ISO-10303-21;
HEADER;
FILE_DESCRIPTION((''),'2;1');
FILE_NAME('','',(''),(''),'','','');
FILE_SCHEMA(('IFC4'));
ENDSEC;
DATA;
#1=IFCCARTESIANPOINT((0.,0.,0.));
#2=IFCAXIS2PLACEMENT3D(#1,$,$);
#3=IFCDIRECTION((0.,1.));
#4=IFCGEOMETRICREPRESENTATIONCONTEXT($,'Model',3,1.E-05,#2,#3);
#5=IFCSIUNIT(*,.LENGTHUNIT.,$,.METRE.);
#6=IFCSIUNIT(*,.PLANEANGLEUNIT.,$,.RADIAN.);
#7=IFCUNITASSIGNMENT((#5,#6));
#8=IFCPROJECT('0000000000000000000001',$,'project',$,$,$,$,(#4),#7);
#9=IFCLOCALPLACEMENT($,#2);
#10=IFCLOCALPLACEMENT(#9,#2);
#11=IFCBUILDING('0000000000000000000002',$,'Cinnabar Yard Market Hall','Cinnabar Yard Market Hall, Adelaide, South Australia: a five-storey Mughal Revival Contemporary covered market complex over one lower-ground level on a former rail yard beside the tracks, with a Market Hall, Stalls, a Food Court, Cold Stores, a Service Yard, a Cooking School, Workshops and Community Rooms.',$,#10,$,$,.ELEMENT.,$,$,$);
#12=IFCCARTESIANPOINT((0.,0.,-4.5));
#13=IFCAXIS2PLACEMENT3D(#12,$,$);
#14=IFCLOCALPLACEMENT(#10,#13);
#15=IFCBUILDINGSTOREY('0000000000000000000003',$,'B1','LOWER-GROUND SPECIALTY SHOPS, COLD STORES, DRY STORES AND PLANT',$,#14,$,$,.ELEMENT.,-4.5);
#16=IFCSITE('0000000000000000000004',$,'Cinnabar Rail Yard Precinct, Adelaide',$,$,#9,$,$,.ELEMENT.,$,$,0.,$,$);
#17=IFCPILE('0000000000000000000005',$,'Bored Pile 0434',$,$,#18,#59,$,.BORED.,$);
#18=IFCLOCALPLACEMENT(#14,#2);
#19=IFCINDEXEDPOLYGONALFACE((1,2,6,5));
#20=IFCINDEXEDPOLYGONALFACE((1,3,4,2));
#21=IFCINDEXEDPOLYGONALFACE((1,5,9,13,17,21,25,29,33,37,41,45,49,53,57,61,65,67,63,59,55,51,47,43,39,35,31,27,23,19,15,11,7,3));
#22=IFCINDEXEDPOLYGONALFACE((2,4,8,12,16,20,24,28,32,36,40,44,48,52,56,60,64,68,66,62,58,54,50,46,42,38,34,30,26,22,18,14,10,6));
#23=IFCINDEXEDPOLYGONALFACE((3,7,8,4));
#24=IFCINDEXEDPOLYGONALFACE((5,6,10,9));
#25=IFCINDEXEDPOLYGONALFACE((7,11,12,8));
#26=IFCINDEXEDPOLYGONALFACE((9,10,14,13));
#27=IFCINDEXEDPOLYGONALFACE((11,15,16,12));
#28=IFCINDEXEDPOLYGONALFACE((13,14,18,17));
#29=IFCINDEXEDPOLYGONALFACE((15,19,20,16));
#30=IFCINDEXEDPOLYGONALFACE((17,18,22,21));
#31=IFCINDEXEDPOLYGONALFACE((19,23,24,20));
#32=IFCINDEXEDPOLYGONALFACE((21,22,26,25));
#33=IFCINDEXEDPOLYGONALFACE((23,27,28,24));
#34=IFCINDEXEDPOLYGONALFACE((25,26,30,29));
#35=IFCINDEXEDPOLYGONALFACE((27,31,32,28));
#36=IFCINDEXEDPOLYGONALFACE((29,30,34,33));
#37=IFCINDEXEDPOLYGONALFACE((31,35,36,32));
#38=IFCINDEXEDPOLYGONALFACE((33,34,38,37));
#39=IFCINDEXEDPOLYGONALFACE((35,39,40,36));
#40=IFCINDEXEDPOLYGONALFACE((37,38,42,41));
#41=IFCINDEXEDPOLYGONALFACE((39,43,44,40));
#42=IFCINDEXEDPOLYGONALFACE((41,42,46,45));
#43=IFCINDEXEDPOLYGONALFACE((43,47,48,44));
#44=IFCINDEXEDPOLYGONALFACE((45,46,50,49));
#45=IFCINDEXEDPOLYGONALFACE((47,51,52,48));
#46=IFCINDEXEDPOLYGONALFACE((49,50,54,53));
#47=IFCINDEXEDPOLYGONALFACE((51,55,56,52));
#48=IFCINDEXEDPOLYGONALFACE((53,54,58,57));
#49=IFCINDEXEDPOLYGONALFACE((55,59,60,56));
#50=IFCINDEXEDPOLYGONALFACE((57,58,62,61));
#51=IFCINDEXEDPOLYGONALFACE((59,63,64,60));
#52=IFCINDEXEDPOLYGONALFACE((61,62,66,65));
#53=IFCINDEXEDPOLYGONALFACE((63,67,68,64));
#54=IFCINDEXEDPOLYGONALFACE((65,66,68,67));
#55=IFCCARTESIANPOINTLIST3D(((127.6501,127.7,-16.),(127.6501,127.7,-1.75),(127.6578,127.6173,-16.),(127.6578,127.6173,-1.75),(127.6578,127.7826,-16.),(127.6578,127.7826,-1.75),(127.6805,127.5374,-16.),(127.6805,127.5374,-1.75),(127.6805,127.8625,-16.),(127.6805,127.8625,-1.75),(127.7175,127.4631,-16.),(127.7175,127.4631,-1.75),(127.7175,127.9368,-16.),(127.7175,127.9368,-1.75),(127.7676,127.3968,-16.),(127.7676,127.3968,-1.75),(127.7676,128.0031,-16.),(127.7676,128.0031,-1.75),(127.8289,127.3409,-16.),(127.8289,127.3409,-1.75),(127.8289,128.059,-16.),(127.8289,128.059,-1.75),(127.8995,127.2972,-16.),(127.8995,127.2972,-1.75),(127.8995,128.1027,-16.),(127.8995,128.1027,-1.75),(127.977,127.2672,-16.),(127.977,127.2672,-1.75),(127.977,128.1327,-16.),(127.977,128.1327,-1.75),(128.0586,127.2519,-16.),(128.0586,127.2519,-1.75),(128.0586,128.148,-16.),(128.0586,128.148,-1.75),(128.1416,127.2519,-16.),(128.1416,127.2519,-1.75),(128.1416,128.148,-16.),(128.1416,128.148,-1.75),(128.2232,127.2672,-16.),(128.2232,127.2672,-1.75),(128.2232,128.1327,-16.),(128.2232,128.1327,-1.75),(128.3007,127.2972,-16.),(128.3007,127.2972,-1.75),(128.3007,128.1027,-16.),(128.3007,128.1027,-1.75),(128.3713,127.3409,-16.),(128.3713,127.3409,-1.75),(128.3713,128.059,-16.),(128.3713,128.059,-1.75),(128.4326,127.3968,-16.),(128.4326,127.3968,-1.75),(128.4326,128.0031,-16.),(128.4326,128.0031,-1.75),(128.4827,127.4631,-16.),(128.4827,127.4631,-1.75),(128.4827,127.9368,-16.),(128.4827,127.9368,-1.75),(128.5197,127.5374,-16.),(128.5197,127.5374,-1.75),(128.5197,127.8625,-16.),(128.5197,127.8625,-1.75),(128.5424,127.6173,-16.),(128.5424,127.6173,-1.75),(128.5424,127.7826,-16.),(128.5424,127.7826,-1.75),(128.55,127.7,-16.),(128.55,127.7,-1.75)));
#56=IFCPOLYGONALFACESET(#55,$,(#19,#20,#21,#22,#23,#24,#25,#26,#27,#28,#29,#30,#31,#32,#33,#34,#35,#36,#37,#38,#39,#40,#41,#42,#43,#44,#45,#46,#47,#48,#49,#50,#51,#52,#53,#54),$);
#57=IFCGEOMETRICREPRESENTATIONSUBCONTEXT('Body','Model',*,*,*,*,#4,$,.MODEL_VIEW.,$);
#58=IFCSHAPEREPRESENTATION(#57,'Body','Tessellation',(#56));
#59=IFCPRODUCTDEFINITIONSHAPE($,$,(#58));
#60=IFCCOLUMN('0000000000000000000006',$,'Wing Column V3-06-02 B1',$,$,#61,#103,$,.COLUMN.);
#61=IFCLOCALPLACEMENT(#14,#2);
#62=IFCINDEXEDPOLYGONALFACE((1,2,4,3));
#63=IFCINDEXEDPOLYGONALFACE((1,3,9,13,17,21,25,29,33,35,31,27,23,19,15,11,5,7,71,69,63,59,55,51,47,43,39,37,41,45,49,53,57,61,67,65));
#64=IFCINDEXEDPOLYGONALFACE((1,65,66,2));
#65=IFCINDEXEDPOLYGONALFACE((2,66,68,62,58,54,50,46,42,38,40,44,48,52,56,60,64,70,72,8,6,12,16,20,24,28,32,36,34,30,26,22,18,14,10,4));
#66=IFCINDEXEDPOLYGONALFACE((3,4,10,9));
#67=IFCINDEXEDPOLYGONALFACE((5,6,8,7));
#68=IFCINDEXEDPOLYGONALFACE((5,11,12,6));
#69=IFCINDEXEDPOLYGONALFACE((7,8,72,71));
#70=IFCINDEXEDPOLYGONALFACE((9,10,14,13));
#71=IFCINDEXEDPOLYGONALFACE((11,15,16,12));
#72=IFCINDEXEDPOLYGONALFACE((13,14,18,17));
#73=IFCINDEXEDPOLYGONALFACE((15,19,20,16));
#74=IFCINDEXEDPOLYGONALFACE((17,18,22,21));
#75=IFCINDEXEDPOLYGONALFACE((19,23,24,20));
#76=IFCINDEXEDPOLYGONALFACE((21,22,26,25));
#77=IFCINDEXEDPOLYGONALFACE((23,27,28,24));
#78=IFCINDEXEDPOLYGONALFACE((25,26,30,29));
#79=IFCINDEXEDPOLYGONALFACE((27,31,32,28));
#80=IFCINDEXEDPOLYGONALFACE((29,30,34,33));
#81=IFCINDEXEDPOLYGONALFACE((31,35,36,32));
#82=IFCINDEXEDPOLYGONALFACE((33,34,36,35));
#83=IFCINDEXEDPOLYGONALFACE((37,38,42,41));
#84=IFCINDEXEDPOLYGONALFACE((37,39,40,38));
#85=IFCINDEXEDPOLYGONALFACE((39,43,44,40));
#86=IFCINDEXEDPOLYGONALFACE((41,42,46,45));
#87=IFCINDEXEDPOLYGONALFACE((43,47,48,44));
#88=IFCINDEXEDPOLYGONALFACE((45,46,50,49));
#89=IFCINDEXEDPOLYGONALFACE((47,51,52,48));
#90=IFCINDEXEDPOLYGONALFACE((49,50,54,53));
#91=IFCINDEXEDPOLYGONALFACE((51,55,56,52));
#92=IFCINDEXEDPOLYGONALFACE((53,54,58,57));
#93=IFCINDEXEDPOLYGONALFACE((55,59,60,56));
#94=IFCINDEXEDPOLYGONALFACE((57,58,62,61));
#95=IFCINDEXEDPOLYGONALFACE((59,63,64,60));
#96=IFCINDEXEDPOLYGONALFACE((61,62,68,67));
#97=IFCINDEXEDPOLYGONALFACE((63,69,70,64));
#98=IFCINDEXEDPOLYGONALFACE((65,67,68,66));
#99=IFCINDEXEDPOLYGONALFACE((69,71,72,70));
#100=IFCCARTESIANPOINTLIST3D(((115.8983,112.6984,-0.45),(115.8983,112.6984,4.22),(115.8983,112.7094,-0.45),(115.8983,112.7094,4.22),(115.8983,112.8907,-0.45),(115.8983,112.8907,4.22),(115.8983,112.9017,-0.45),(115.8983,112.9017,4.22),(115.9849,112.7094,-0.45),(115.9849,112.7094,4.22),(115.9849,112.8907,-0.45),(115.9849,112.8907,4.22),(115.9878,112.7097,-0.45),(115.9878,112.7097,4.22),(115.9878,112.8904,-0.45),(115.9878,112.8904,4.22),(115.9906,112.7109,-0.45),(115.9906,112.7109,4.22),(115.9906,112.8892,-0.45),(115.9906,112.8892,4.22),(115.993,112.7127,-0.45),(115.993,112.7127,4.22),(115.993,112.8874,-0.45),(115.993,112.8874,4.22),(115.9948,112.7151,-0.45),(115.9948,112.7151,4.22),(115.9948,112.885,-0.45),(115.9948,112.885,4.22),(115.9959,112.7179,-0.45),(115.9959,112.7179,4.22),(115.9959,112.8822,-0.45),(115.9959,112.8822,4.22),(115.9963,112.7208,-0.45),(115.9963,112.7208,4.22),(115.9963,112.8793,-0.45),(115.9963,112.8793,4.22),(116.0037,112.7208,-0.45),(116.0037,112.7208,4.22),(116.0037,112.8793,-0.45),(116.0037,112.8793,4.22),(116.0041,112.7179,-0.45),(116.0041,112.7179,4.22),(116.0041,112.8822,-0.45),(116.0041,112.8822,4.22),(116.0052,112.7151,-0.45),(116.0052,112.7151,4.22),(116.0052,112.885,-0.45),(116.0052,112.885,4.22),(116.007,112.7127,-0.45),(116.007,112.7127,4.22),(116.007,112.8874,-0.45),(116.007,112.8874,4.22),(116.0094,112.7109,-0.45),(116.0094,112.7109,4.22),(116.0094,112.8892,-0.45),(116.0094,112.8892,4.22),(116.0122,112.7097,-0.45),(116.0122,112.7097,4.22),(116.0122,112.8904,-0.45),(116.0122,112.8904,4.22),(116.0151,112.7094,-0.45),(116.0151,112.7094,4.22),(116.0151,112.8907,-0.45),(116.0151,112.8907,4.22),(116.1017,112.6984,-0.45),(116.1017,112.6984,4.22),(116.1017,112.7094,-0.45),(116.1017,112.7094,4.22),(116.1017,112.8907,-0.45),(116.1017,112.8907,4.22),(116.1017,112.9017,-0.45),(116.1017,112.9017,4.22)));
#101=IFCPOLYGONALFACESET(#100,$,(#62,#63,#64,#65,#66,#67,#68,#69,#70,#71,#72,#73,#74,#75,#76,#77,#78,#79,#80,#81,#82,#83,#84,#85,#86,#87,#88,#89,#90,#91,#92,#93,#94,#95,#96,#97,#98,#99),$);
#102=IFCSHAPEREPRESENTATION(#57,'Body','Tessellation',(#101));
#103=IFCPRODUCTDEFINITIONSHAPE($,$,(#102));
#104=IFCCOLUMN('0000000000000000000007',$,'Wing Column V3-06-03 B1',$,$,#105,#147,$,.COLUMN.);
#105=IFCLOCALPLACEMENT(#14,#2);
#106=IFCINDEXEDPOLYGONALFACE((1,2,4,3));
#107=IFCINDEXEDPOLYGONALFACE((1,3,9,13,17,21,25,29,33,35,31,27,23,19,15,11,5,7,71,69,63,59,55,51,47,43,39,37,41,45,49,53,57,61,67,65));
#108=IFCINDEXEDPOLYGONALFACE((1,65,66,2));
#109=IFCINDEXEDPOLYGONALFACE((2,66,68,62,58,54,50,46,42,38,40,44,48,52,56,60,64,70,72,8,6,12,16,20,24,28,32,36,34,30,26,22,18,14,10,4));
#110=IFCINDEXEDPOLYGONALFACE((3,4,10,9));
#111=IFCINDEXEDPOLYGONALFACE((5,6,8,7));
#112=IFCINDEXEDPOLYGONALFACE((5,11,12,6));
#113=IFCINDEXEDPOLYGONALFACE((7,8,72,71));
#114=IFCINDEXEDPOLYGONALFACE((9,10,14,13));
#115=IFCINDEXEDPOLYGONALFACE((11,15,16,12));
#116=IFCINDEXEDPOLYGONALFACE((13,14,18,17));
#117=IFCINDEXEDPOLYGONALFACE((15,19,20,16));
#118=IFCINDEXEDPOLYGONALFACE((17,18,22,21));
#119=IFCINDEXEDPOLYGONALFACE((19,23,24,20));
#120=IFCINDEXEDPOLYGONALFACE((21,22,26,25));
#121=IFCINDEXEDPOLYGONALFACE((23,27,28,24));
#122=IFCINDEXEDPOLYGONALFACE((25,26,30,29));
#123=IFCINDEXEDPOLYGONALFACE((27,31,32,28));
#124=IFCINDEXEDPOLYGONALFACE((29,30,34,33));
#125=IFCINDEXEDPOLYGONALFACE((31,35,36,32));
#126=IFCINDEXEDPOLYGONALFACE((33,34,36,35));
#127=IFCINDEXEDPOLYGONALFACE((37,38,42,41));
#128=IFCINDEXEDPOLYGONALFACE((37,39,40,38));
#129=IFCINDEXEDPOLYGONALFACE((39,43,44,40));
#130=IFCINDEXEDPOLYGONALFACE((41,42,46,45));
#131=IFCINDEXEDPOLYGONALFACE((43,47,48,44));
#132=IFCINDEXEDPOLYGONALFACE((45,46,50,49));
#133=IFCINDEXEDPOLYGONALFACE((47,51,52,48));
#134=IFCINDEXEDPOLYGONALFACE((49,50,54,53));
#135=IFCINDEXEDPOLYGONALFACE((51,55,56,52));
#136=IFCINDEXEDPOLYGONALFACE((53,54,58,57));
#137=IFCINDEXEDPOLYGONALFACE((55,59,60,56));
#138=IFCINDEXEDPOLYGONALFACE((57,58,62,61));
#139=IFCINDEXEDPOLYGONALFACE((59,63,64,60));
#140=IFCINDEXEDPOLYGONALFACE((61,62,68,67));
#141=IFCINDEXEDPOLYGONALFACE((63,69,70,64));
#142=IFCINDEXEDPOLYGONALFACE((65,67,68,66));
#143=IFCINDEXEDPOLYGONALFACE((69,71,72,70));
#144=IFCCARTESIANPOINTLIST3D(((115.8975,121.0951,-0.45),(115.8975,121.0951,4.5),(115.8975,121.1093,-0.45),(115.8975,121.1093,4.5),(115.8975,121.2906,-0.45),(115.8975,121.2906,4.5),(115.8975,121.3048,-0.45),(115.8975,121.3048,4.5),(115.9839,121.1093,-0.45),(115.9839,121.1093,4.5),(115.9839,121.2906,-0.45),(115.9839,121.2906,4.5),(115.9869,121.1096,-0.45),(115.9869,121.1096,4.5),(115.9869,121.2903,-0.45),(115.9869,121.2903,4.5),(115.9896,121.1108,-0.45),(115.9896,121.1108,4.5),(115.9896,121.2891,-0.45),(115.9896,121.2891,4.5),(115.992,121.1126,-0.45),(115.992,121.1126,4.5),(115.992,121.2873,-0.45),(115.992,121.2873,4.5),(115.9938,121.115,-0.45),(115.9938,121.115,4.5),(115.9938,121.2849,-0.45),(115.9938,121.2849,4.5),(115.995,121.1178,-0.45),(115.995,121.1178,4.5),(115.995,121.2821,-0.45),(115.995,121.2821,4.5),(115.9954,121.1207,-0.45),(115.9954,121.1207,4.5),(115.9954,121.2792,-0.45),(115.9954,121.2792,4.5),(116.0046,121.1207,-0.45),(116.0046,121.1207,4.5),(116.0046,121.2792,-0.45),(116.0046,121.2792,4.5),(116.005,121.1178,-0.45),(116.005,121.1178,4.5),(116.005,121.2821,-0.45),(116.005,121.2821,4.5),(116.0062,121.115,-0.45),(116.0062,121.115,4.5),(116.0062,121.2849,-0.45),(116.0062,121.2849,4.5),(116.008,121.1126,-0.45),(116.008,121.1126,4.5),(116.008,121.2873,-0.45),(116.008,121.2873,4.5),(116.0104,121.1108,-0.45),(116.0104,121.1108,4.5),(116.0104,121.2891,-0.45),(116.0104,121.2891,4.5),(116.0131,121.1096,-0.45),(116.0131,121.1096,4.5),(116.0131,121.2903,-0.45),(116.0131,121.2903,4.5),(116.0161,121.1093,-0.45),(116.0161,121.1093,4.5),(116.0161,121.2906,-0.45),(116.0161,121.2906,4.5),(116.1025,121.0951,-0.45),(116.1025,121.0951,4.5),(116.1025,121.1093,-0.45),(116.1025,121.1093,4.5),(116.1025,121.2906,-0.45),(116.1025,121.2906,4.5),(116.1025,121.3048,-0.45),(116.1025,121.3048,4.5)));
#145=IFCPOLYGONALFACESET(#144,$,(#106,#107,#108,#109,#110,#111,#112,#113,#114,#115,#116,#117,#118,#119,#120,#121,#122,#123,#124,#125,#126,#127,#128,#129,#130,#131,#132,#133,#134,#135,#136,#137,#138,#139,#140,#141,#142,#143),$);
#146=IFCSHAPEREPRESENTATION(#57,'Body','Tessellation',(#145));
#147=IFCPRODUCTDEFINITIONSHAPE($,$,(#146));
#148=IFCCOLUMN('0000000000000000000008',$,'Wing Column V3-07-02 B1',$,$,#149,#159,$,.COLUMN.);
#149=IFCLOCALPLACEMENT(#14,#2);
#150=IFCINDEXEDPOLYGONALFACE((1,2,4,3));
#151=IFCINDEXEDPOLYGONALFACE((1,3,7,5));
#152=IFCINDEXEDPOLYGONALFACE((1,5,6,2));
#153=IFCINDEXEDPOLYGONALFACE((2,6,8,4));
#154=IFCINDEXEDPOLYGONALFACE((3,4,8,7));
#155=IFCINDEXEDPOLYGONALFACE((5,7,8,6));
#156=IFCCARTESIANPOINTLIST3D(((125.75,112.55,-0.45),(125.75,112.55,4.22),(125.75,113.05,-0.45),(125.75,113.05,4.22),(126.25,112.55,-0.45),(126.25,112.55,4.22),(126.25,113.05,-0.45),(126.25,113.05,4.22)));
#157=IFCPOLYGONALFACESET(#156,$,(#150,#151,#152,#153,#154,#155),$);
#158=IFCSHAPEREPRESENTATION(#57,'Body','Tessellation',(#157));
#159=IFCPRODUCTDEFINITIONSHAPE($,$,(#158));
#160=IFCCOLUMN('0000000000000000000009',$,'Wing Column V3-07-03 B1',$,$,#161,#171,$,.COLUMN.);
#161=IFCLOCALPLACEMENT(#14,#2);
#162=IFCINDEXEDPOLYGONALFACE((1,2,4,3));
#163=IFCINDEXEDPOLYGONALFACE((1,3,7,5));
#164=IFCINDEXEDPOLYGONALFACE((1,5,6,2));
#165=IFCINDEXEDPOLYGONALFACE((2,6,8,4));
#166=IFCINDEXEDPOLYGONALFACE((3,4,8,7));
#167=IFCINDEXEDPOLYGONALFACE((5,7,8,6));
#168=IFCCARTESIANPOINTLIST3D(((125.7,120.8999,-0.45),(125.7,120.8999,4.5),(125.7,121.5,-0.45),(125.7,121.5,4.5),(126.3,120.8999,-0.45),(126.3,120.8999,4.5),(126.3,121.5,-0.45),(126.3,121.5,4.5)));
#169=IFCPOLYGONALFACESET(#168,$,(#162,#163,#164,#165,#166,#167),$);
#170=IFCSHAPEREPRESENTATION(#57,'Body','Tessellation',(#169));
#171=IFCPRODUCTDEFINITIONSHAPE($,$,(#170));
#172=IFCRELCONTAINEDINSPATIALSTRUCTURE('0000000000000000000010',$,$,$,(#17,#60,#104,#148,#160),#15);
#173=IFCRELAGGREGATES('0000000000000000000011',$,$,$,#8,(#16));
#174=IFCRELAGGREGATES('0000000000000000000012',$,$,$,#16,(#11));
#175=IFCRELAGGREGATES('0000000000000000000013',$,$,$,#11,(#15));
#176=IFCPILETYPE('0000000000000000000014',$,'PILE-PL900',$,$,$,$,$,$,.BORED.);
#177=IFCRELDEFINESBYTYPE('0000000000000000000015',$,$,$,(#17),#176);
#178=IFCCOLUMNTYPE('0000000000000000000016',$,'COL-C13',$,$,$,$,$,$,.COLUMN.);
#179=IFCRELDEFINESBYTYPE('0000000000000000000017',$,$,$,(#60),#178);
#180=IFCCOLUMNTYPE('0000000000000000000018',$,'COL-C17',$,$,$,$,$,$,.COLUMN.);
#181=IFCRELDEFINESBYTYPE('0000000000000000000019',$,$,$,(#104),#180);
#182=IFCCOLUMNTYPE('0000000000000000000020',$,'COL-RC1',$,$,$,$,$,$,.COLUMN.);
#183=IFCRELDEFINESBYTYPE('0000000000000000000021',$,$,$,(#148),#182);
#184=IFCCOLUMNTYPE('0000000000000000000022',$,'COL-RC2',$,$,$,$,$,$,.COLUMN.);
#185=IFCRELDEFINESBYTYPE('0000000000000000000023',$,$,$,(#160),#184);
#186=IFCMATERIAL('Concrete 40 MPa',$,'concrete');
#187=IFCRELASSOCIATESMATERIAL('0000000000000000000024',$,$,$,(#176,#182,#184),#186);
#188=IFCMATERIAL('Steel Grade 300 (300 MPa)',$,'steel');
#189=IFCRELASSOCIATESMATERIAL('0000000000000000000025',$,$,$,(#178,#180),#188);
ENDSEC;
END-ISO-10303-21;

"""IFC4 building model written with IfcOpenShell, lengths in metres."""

from ifc_helpers import new_model, si_unit, direction, frame, origin, origin_2d_with_axis, place, context, subcontext, project, spatial, rectangle, circle, i_section, extrude, material, material_profile, profile_set, type_object, element, save


model = new_model("IFC4")

# Units and contexts
model_context = context("Model", 3, precision=1e-05, world=origin(), true_north=direction((0.0, 1.0)))
body_context = subcontext(model_context, "Body", "Model", "MODEL_VIEW")
ifc_project = project(units=[si_unit("LENGTHUNIT", "METRE"), si_unit("PLANEANGLEUNIT", "RADIAN")], contexts=[model_context])

# Site, building, storey
site_placement = place(None, origin())
site = spatial("IfcSite", under=ifc_project, at=site_placement, Name="Cinnabar Rail Yard Precinct, Adelaide", CompositionType="ELEMENT", RefElevation=0.0)
building_placement = place(site_placement, origin())
building = spatial("IfcBuilding", under=site, at=building_placement, Name="Cinnabar Yard Market Hall", Description="Cinnabar Yard Market Hall, Adelaide, South Australia: a five-storey Mughal Revival Contemporary covered market complex over one lower-ground level on a former rail yard beside the tracks, with a Market Hall, Stalls, a Food Court, Cold Stores, a Service Yard, a Cooking School, Workshops and Community Rooms.", CompositionType="ELEMENT")
storey_placement = place(building_placement, frame((0.0, 0.0, -4.5)))
storey = spatial("IfcBuildingStorey", under=building, at=storey_placement, Name="B1", Description="LOWER-GROUND SPECIALTY SHOPS, COLD STORES, DRY STORES AND PLANT", CompositionType="ELEMENT", Elevation=-4.5)

# Shared definitions
ifc_material_1 = material(Name="Concrete 40 MPa", Category="concrete")

# Pile
ifc_material_profile_1 = material_profile(ifc_material_1, circle(Radius=0.45, at=origin_2d_with_axis()), Name="PILE-D900")
ifc_profile_set_1 = profile_set([ifc_material_profile_1], Name="Concrete 40 MPa")
pile_type_1 = type_object("IfcPileType", Name="PILE-PL900", PredefinedType="BORED", material=ifc_profile_set_1)
for number, where, z_axis, x_axis, name in (
    (1, (128.1001, 127.7, -1.75), (0.0, 0.0, -1.0), (1.0, 0.0, 0.0), "Bored Pile 0434"),
):
    element("IfcPile", number, at=place(storey_placement, frame(where, z_axis=z_axis, x_axis=x_axis)), inside=storey, type_object=pile_type_1, Name=name, PredefinedType="BORED", context=body_context, shape_type="SweptSolid", body=[
        extrude(circle(Radius=0.45, at=origin_2d_with_axis()), origin(), (0.0, 0.0, 1.0), 14.25),
    ])

# Columns
ifc_material_2 = material(Name="Steel Grade 300 (300 MPa)", Category="steel")
ifc_material_profile_2 = material_profile(ifc_material_2, i_section(OverallWidth=0.2034, OverallDepth=0.2034, WebThickness=0.0073, FlangeThickness=0.011, FilletRadius=0.0115, at=origin_2d_with_axis()), Name="200UC46.2")
ifc_profile_set_2 = profile_set([ifc_material_profile_2], Name="Steel Grade 300 (300 MPa)")
column_type_1 = type_object("IfcColumnType", Name="COL-C13", PredefinedType="COLUMN", material=ifc_profile_set_2)
column_1_placement = place(storey_placement, frame((116.0, 112.8, -0.45), z_axis=(0.0, 0.0, 1.0), x_axis=(1.0, 0.0, 0.0)))
element("IfcColumn", 2, at=column_1_placement, inside=storey, type_object=column_type_1, Name="Wing Column V3-06-02 B1", PredefinedType="COLUMN", context=body_context, shape_type="SweptSolid", body=[
    extrude(i_section(OverallWidth=0.2034, OverallDepth=0.2034, WebThickness=0.0073, FlangeThickness=0.011, FilletRadius=0.0115, at=origin_2d_with_axis()), origin(), (0.0, 0.0, 1.0), 4.6699),
])
ifc_material_profile_3 = material_profile(ifc_material_2, i_section(OverallWidth=0.2051, OverallDepth=0.2097, WebThickness=0.0093, FlangeThickness=0.0142, FilletRadius=0.0115, at=origin_2d_with_axis()), Name="200UC59.5")
ifc_profile_set_3 = profile_set([ifc_material_profile_3], Name="Steel Grade 300 (300 MPa)")
column_type_2 = type_object("IfcColumnType", Name="COL-C17", PredefinedType="COLUMN", material=ifc_profile_set_3)
column_2_placement = place(storey_placement, frame((116.0, 121.2, -0.45), z_axis=(0.0, 0.0, 1.0), x_axis=(1.0, 0.0, 0.0)))
element("IfcColumn", 3, at=column_2_placement, inside=storey, type_object=column_type_2, Name="Wing Column V3-06-03 B1", PredefinedType="COLUMN", context=body_context, shape_type="SweptSolid", body=[
    extrude(i_section(OverallWidth=0.2051, OverallDepth=0.2097, WebThickness=0.0093, FlangeThickness=0.0142, FilletRadius=0.0115, at=origin_2d_with_axis()), origin(), (0.0, 0.0, 1.0), 4.95),
])
ifc_material_profile_4 = material_profile(ifc_material_1, rectangle(XDim=0.5, YDim=0.5, at=origin_2d_with_axis()), Name="RC-500x500")
ifc_profile_set_4 = profile_set([ifc_material_profile_4], Name="Concrete 40 MPa")
column_type_3 = type_object("IfcColumnType", Name="COL-RC1", PredefinedType="COLUMN", material=ifc_profile_set_4)
column_3_placement = place(storey_placement, frame((126.0, 112.8, -0.45), z_axis=(0.0, 0.0, 1.0), x_axis=(1.0, 0.0, 0.0)))
element("IfcColumn", 4, at=column_3_placement, inside=storey, type_object=column_type_3, Name="Wing Column V3-07-02 B1", PredefinedType="COLUMN", context=body_context, shape_type="SweptSolid", body=[
    extrude(rectangle(XDim=0.5, YDim=0.5, at=origin_2d_with_axis()), origin(), (0.0, 0.0, 1.0), 4.6699),
])
ifc_material_profile_5 = material_profile(ifc_material_1, rectangle(XDim=0.6001, YDim=0.6001, at=origin_2d_with_axis()), Name="RC-600x600")
ifc_profile_set_5 = profile_set([ifc_material_profile_5], Name="Concrete 40 MPa")
column_type_4 = type_object("IfcColumnType", Name="COL-RC2", PredefinedType="COLUMN", material=ifc_profile_set_5)
column_4_placement = place(storey_placement, frame((126.0, 121.2, -0.45), z_axis=(0.0, 0.0, 1.0), x_axis=(1.0, 0.0, 0.0)))
element("IfcColumn", 5, at=column_4_placement, inside=storey, type_object=column_type_4, Name="Wing Column V3-07-03 B1", PredefinedType="COLUMN", context=body_context, shape_type="SweptSolid", body=[
    extrude(rectangle(XDim=0.6001, YDim=0.6001, at=origin_2d_with_axis()), origin(), (0.0, 0.0, 1.0), 4.95),
])

save(model, "model.ifc")
